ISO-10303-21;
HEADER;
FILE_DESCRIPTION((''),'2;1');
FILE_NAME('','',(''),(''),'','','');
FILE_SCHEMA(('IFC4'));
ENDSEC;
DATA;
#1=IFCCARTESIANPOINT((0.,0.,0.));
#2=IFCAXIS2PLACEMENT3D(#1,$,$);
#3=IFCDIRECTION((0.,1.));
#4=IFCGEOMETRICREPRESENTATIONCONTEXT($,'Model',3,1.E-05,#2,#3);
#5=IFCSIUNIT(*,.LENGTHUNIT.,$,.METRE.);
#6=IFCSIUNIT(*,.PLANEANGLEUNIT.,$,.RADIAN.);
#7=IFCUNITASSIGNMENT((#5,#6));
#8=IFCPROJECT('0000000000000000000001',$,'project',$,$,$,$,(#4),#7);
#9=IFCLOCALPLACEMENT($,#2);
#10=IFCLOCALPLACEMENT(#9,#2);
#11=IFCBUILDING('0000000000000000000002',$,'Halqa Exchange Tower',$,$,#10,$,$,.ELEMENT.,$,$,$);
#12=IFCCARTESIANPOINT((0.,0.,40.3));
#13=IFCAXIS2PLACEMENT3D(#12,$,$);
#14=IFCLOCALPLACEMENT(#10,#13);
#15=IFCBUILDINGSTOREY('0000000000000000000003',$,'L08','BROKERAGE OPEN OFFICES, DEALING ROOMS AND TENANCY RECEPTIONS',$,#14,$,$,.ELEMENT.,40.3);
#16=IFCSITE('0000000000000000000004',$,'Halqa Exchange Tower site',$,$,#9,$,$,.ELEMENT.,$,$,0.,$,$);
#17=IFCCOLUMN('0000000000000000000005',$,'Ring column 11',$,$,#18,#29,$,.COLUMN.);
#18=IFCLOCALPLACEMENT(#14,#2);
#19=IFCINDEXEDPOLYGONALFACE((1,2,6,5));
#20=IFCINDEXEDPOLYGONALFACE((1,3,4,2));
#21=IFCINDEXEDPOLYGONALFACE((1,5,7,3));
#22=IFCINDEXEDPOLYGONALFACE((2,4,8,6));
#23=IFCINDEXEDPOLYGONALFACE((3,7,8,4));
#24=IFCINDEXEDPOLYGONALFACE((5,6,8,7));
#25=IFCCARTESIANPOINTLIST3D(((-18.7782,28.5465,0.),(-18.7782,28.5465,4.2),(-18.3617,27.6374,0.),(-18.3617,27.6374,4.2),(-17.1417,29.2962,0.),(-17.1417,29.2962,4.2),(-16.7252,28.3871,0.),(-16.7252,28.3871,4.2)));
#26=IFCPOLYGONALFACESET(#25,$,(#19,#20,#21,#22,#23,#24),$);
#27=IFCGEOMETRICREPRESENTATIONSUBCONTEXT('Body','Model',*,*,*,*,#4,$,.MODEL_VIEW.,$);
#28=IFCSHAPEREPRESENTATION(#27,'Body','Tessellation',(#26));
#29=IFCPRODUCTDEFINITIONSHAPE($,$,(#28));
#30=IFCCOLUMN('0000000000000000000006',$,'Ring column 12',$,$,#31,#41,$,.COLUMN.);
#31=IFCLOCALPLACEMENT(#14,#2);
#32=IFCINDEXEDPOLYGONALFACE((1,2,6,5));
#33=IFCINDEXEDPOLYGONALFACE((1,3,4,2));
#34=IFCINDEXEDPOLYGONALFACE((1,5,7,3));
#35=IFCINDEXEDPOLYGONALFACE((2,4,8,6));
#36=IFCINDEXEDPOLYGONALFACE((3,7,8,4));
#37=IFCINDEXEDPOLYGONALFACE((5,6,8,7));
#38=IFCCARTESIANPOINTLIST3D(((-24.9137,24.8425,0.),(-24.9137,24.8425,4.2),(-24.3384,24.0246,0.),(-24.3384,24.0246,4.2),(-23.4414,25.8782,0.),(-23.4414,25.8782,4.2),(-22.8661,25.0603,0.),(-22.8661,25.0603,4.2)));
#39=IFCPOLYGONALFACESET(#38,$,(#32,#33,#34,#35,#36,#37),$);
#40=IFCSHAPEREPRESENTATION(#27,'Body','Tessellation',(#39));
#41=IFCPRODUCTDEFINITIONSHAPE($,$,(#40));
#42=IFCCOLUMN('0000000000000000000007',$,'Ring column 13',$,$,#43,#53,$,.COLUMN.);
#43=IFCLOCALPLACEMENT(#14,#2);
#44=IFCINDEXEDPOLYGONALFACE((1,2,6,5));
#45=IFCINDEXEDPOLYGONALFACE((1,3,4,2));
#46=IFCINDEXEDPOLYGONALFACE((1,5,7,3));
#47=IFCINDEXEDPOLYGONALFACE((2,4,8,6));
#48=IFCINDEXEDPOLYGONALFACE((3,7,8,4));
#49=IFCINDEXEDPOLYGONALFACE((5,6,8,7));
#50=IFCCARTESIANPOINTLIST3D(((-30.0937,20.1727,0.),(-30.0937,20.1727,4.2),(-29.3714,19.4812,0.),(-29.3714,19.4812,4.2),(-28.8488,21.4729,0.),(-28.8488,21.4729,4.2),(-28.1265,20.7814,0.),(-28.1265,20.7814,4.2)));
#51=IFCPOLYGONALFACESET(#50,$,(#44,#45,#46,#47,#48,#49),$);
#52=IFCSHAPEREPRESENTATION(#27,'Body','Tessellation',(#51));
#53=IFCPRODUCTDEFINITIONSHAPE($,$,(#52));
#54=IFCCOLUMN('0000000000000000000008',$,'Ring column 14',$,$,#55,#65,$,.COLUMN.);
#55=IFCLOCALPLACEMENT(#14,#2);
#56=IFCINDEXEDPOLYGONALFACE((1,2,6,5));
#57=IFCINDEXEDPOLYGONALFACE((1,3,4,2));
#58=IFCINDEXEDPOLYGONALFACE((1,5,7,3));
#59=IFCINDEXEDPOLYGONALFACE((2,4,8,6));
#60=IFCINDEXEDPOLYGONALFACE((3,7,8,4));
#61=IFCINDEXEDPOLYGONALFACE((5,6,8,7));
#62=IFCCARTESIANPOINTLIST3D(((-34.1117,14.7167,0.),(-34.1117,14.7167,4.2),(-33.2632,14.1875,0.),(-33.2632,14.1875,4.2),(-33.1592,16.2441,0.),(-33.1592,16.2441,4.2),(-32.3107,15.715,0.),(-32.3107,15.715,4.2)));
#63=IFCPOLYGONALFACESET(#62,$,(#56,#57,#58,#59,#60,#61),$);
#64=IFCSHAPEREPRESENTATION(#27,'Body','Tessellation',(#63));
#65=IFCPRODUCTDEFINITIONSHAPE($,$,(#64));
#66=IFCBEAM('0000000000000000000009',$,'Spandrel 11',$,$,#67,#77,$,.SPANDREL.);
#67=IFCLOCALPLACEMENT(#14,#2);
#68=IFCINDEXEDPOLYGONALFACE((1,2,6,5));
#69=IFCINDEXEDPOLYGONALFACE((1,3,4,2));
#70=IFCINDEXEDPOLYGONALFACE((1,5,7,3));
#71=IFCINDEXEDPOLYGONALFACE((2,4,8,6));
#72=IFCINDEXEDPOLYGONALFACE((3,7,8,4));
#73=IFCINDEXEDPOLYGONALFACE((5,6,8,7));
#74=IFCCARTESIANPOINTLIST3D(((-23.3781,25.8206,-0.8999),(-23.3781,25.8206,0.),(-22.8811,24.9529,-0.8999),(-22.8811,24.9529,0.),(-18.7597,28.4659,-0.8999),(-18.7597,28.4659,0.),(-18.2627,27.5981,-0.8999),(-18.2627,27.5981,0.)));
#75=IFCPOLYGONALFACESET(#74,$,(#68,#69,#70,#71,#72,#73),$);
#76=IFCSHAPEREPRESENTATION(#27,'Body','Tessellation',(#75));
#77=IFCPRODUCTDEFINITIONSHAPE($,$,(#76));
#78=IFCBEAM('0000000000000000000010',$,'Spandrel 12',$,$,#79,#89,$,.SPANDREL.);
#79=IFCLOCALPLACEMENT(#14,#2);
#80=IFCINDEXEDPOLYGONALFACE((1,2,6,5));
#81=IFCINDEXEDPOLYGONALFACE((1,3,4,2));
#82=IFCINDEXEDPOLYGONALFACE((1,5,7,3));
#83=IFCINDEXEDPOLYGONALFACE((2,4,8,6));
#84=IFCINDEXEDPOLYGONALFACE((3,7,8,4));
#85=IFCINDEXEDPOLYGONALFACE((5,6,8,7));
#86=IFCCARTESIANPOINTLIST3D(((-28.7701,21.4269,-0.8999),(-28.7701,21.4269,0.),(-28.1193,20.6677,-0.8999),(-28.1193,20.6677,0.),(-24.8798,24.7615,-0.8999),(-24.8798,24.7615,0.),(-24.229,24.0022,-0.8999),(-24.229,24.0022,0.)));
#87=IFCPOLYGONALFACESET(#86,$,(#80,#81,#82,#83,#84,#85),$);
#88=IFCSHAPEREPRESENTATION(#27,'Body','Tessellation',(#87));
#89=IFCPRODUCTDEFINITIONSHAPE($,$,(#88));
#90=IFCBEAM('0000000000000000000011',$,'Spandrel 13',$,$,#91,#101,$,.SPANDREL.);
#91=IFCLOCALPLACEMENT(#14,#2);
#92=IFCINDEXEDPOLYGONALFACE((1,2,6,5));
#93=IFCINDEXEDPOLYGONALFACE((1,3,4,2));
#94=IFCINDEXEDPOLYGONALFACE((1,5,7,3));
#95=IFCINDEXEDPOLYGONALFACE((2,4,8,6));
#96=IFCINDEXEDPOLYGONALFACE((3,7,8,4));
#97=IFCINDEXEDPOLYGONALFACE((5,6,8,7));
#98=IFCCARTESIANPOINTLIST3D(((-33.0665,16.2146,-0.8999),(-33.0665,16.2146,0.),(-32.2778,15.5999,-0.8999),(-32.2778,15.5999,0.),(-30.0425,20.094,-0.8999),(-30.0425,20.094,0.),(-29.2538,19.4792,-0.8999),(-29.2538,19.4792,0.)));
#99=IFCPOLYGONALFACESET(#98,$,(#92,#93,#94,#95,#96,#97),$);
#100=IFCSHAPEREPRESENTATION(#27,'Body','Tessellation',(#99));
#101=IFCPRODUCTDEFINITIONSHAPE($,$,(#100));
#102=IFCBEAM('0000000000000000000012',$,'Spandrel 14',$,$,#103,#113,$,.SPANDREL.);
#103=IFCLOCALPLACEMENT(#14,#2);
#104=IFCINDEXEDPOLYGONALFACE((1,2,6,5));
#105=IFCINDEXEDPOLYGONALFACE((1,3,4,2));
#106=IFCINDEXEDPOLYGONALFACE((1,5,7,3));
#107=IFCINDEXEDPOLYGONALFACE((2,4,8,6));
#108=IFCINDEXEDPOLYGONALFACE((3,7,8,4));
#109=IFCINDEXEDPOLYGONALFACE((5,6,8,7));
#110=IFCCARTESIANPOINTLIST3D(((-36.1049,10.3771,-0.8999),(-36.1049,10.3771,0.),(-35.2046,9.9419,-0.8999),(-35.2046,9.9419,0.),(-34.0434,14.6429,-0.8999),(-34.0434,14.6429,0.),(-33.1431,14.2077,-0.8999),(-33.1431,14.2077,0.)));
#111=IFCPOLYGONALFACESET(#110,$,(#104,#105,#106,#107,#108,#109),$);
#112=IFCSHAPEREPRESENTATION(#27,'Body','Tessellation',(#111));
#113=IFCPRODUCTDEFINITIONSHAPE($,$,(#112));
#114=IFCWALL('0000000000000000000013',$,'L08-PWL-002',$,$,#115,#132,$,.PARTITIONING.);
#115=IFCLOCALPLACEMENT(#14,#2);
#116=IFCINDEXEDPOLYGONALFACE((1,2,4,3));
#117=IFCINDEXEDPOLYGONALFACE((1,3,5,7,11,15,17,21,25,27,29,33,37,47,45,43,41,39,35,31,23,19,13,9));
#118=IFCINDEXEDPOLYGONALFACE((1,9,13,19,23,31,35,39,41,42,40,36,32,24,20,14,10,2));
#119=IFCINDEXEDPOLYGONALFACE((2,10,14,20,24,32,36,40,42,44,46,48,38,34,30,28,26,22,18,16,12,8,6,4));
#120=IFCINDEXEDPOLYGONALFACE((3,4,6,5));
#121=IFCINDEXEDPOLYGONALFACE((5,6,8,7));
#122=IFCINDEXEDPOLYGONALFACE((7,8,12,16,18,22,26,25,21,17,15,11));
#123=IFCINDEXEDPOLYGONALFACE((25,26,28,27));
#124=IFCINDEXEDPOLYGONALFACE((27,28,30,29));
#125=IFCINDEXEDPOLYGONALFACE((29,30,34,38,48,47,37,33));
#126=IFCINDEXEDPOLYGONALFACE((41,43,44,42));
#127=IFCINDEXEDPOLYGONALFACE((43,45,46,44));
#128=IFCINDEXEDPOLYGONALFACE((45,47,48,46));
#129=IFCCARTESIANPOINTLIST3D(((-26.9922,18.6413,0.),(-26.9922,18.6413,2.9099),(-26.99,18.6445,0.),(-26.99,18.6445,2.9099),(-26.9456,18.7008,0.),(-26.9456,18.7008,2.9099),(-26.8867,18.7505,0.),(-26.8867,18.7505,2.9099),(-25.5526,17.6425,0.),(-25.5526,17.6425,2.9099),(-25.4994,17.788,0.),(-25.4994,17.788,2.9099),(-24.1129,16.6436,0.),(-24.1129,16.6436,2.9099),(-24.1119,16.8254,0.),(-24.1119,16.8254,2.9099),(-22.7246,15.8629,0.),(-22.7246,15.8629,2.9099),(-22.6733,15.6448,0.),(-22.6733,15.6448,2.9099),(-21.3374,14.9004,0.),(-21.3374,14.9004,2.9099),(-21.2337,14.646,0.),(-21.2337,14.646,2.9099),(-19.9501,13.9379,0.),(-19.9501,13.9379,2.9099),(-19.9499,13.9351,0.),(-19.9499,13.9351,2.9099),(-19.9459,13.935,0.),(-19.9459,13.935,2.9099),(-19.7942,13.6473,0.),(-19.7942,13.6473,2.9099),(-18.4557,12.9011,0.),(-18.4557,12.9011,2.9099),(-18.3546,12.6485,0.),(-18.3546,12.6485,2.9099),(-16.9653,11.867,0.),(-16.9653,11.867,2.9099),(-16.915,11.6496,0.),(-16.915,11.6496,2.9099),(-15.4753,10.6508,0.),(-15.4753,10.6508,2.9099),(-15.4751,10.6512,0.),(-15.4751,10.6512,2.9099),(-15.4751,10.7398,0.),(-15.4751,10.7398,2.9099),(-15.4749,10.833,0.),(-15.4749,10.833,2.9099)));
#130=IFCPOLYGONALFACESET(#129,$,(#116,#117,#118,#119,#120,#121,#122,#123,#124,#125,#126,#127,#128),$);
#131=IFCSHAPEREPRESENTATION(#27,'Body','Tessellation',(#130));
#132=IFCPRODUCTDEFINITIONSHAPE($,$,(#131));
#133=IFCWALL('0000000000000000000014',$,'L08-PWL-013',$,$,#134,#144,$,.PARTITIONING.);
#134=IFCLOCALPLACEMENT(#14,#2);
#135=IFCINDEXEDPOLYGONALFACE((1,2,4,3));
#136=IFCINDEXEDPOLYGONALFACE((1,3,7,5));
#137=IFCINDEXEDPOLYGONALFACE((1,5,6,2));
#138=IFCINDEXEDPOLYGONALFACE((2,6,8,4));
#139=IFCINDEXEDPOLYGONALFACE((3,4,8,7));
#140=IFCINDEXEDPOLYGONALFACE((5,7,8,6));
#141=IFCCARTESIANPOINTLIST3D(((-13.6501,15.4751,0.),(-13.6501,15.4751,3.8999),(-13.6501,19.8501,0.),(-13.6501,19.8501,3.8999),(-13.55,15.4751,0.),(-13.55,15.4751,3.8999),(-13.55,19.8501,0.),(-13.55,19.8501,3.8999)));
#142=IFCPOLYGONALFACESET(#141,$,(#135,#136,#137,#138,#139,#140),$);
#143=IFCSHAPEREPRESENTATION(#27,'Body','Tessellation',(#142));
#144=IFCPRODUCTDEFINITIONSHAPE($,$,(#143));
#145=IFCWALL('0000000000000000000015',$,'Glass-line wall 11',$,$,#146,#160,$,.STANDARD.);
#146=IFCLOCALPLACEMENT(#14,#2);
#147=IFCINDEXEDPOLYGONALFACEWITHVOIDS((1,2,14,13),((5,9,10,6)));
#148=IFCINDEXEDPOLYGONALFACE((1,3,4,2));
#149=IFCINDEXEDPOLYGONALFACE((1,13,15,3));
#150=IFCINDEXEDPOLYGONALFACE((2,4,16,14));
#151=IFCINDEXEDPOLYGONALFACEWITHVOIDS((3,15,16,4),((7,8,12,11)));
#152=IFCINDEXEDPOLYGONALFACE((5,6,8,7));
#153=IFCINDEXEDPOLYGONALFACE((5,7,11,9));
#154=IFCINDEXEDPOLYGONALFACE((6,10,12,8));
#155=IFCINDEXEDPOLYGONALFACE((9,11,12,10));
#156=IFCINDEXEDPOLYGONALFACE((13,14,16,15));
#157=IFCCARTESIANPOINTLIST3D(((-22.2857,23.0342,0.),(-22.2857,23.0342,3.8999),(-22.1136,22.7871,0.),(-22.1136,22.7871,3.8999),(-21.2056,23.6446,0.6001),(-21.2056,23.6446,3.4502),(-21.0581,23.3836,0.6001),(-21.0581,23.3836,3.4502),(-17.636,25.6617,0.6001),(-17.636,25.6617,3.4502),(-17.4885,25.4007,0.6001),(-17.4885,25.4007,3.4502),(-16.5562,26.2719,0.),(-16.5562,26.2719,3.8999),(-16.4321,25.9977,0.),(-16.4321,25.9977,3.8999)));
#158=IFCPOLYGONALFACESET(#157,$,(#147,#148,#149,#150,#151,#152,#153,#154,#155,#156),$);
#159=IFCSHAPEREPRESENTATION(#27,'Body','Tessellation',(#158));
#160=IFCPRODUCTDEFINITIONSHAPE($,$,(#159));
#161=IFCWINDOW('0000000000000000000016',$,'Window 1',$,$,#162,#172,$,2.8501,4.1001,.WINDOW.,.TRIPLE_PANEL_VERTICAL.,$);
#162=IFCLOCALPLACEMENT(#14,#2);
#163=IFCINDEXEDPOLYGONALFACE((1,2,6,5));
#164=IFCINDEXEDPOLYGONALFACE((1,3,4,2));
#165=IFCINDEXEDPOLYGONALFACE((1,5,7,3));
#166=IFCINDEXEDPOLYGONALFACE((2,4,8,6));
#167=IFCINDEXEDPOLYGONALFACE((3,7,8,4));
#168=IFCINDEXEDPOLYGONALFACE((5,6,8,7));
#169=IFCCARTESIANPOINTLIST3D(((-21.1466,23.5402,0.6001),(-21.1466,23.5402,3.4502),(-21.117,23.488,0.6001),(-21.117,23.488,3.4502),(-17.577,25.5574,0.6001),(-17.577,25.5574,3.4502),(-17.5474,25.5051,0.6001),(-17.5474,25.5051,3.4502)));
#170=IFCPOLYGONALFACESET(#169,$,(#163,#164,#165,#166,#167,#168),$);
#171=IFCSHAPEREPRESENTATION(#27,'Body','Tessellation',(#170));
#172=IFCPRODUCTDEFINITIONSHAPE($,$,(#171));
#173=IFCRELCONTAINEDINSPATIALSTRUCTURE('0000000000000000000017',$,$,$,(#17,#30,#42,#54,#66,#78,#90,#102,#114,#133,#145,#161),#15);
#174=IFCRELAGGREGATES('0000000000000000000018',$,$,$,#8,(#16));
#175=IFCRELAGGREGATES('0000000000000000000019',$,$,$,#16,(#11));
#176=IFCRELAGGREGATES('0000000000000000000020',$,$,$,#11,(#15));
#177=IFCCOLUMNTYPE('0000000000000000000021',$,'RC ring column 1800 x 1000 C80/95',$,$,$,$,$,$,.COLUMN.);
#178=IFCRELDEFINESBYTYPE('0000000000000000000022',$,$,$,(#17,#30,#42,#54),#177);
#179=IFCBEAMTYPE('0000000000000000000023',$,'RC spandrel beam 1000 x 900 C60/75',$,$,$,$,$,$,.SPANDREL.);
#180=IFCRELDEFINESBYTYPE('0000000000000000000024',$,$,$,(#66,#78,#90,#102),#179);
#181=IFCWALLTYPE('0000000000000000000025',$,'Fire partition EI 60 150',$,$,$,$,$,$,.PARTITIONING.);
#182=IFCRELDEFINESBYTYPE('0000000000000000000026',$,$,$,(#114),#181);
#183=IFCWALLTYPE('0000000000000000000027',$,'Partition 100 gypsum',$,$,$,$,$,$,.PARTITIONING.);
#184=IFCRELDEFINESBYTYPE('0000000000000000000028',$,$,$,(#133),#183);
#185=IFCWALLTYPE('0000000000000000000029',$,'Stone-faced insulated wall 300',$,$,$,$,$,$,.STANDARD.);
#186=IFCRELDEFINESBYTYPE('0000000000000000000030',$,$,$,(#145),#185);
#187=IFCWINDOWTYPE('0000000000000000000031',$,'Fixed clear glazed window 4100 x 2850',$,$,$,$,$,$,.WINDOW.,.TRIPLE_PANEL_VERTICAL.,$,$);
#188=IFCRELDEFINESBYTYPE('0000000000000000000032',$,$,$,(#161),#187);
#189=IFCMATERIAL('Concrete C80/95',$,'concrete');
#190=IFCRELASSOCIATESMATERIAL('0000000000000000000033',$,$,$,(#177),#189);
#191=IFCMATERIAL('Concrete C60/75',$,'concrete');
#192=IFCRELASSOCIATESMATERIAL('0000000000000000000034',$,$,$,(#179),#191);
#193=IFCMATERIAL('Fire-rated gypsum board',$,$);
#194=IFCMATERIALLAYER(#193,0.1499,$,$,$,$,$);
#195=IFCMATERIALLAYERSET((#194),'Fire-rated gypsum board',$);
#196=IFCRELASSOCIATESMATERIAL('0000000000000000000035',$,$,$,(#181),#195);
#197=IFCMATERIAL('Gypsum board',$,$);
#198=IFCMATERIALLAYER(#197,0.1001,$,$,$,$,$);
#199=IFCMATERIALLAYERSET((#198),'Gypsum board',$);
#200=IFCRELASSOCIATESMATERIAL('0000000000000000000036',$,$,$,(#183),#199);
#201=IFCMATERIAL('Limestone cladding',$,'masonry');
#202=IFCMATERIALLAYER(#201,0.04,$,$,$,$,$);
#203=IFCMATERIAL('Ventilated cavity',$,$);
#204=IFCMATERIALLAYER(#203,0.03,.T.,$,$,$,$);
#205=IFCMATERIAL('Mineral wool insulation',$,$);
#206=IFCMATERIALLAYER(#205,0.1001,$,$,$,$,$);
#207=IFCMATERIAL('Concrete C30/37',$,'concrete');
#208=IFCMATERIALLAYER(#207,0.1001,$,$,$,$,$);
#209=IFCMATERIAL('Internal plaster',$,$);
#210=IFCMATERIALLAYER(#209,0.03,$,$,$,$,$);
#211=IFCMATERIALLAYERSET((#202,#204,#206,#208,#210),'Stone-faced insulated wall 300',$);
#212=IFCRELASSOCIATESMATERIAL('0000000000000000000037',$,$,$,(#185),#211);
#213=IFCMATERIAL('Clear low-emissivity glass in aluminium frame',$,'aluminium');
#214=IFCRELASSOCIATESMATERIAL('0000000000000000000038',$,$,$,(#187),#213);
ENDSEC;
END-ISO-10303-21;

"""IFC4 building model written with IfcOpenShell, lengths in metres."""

from ifc_helpers import new_model, si_unit, direction, frame, frame_2d, origin, origin_2d, place, context, subcontext, project, spatial, polyline, rectangle, outline, extrude, material, layer, layer_set, material_profile, profile_set, type_object, element, fill, save


model = new_model("IFC4")

# Units and contexts
model_context = context("Model", 3, precision=1e-05, world=origin(), true_north=direction((0.0, 1.0)))
body_context = subcontext(model_context, "Body", "Model", "MODEL_VIEW")
ifc_project = project(units=[si_unit("LENGTHUNIT", "METRE"), si_unit("PLANEANGLEUNIT", "RADIAN")], contexts=[model_context])

# Site, building, storey
site_placement = place(None, origin())
site = spatial("IfcSite", under=ifc_project, at=site_placement, Name="Halqa Exchange Tower site", CompositionType="ELEMENT", RefElevation=0.0)
building_placement = place(site_placement, origin())
building = spatial("IfcBuilding", under=site, at=building_placement, Name="Halqa Exchange Tower", CompositionType="ELEMENT")
storey_placement = place(building_placement, frame((0.0, 0.0, 40.3)))
storey = spatial("IfcBuildingStorey", under=building, at=storey_placement, Name="L08", Description="BROKERAGE OPEN OFFICES, DEALING ROOMS AND TENANCY RECEPTIONS", CompositionType="ELEMENT", Elevation=40.3)

# Columns
ifc_material_1 = material(Name="Concrete C80/95", Category="concrete")
ifc_material_profile_1 = material_profile(ifc_material_1, rectangle(XDim=1.8, YDim=1.0, at=origin_2d()), Name="1800 x 1000")
ifc_profile_set_1 = profile_set([ifc_material_profile_1], Name="Concrete C80/95")
column_type = type_object("IfcColumnType", Name="RC ring column 1800 x 1000 C80/95", PredefinedType="COLUMN", material=ifc_profile_set_1)
for number, where, z_axis, x_axis, name in (
    (1, (-17.7517, 28.4668, 0.0), (0.0, 0.0, 1.0), (-0.909128, -0.416517, 0.0), "Ring column 11"),
    (2, (-23.8899, 24.9514, 0.0), (0.0, 0.0, 1.0), (-0.817912, -0.575344, 0.0), "Ring column 12"),
    (3, (-29.1101, 20.4771, 0.0), (0.0, 0.0, 1.0), (-0.691575, -0.722305, 0.0), "Ring column 13"),
    (4, (-33.2112, 15.2158, 0.0), (0.0, 0.0, 1.0), (-0.529142, -0.848533, 0.0), "Ring column 14"),
):
    element("IfcColumn", number, at=place(storey_placement, frame(where, z_axis=z_axis, x_axis=x_axis)), inside=storey, type_object=column_type, Name=name, PredefinedType="COLUMN", context=body_context, shape_type="SweptSolid", body=[
        extrude(rectangle(XDim=1.8, YDim=1.0, at=origin_2d()), origin(), (0.0, 0.0, 1.0), 4.2),
    ])

# Beams
ifc_material_2 = material(Name="Concrete C60/75", Category="concrete")
ifc_material_profile_2 = material_profile(ifc_material_2, rectangle(XDim=1.0, YDim=0.8999, at=origin_2d()), Name="1000 x 900")
ifc_profile_set_2 = profile_set([ifc_material_profile_2], Name="Concrete C60/75")
beam_type = type_object("IfcBeamType", Name="RC spandrel beam 1000 x 900 C60/75", PredefinedType="SPANDREL", material=ifc_profile_set_2)
beam_1_placement = place(storey_placement, frame((-18.5112, 28.032, -0.45), z_axis=(-0.867743, -0.497013, 0.0), x_axis=(0.497013, -0.867743, 0.0)))
element("IfcBeam", 5, at=beam_1_placement, inside=storey, type_object=beam_type, Name="Spandrel 11", PredefinedType="SPANDREL", context=body_context, shape_type="SweptSolid", body=[
    extrude(rectangle(XDim=1.0, YDim=0.8999, at=origin_2d()), origin(), (0.0, 0.0, 1.0), 5.3223),
])
beam_2_placement = place(storey_placement, frame((-24.5544, 24.3818, -0.45), z_axis=(-0.75925, -0.650799, 0.0), x_axis=(0.650799, -0.75925, 0.0)))
element("IfcBeam", 6, at=beam_2_placement, inside=storey, type_object=beam_type, Name="Spandrel 12", PredefinedType="SPANDREL", context=body_context, shape_type="SweptSolid", body=[
    extrude(rectangle(XDim=1.0, YDim=0.8999, at=origin_2d()), origin(), (0.0, 0.0, 1.0), 5.1238),
])
beam_3_placement = place(storey_placement, frame((-29.6482, 19.7866, -0.45), z_axis=(-0.614779, -0.7887, 0.0), x_axis=(0.7887, -0.614779, 0.0)))
element("IfcBeam", 7, at=beam_3_placement, inside=storey, type_object=beam_type, Name="Spandrel 13", PredefinedType="SPANDREL", context=body_context, shape_type="SweptSolid", body=[
    extrude(rectangle(XDim=1.0, YDim=0.8999, at=origin_2d()), origin(), (0.0, 0.0, 1.0), 4.9187),
])
beam_4_placement = place(storey_placement, frame((-33.5933, 14.4253, -0.45), z_axis=(-0.435115, -0.900375, 0.0), x_axis=(0.900375, -0.435115, 0.0)))
element("IfcBeam", 8, at=beam_4_placement, inside=storey, type_object=beam_type, Name="Spandrel 14", PredefinedType="SPANDREL", context=body_context, shape_type="SweptSolid", body=[
    extrude(rectangle(XDim=1.0, YDim=0.8999, at=origin_2d()), origin(), (0.0, 0.0, 1.0), 4.7378),
])

# Wall
ifc_material_3 = material(Name="Fire-rated gypsum board")
ifc_layer_1 = layer(ifc_material_3, 0.1499)
ifc_layer_set_1 = layer_set([ifc_layer_1], Name="Fire-rated gypsum board")
wall_type_1 = type_object("IfcWallType", Name="Fire partition EI 60 150", PredefinedType="PARTITIONING", material=ifc_layer_set_1)
wall_1_placement = place(storey_placement, frame((-26.9495, 18.7029, 0.0), z_axis=(0.0, 0.0, 1.0), x_axis=(0.821615, -0.570043, 0.0)))
element("IfcWall", 9, at=wall_1_placement, inside=storey, type_object=wall_type_1, Name="L08-PWL-002", PredefinedType="PARTITIONING", context=body_context, shape_type="SweptSolid", body=[
    extrude(outline(polyline([(14.0173, -0.075), (14.0173, -0.0745), (13.9668, -0.0017), (13.9668, -0.0017), (13.9138, 0.075), (12.0999, 0.075), (10.2859, 0.075), (8.4722, 0.075), (8.4688, 0.0728), (8.467, 0.075), (6.7786, 0.075), (5.0901, 0.075), (3.4016, 0.075), (1.7129, 0.075), (0.0244, 0.075), (0.0044, 0.0005), (0.0, -0.071), (0.0, -0.075), (1.7522, -0.075), (3.5044, -0.075), (5.2566, -0.075), (7.0088, -0.075), (8.7607, -0.075), (10.5129, -0.075), (12.2651, -0.075), (14.0173, -0.075)])), origin(), (0.0, 0.0, 1.0), 2.9099),
])

# Shared definitions
ifc_material_4 = material(Name="Gypsum board")
ifc_layer_2 = layer(ifc_material_4, 0.1001)
ifc_layer_set_2 = layer_set([ifc_layer_2], Name="Gypsum board")
wall_type_2 = type_object("IfcWallType", Name="Partition 100 gypsum", PredefinedType="PARTITIONING", material=ifc_layer_set_2)

# Wall
wall_2_placement = place(storey_placement, frame((-13.6001, 19.8501, 0.0), z_axis=(0.0, 0.0, 1.0), x_axis=(0.0, -1.0, 0.0)))
element("IfcWall", 10, at=wall_2_placement, inside=storey, type_object=wall_type_2, Name="L08-PWL-013", PredefinedType="PARTITIONING", context=body_context, shape_type="SweptSolid", body=[
    extrude(rectangle(XDim=4.375, YDim=0.1001, at=frame_2d((2.1875, 0.0))), origin(), (0.0, 0.0, 1.0), 3.8999),
])

# Wall, opening, window
ifc_material_5 = material(Name="Limestone cladding", Category="masonry")
ifc_layer_3 = layer(ifc_material_5, 0.04)
ifc_material_6 = material(Name="Ventilated cavity")
ifc_layer_4 = layer(ifc_material_6, 0.03, ventilated=True)
ifc_material_7 = material(Name="Mineral wool insulation")
ifc_layer_5 = layer(ifc_material_7, 0.1001)
ifc_material_8 = material(Name="Concrete C30/37", Category="concrete")
ifc_layer_6 = layer(ifc_material_8, 0.1001)
ifc_material_9 = material(Name="Internal plaster")
ifc_layer_7 = layer(ifc_material_9, 0.03)
ifc_layer_set_3 = layer_set([ifc_layer_3, ifc_layer_4, ifc_layer_5, ifc_layer_6, ifc_layer_7], Name="Stone-faced insulated wall 300")
wall_type_3 = type_object("IfcWallType", Name="Stone-faced insulated wall 300", PredefinedType="STANDARD", material=ifc_layer_set_3)
wall_3_placement = place(storey_placement, frame((-16.4941, 26.1348, 0.0), z_axis=(0.0, 0.0, 1.0), x_axis=(-0.870613, -0.491969, 0.0)))
wall_3 = element("IfcWall", 11, at=wall_3_placement, inside=storey, type_object=wall_type_3, Name="Glass-line wall 11", PredefinedType="STANDARD", context=body_context, shape_type="SweptSolid", body=[
    extrude(outline(polyline([(-0.0134, -0.1499), (6.5676, -0.1499), (6.5393, 0.1499), (0.0134, 0.1499), (-0.0134, -0.1499)])), origin(), (0.0, 0.0, 1.0), 3.8999),
])
opening_1_placement = place(wall_3_placement, frame((1.2268, 0.0, 0.6001)))
opening_1 = element("IfcOpeningElement", 12, at=opening_1_placement, cuts=wall_3, PredefinedType="OPENING", context=body_context, shape_type="SweptSolid", body=[
    extrude(rectangle(XDim=4.1001, YDim=2.8501, at=frame_2d((2.05, 1.425))), frame((0.0, 0.1621, 0.0), z_axis=(0.0, -1.0, 0.0), x_axis=(1.0, 0.0, 0.0)), (0.0, 0.0, 1.0), 0.324),
])
ifc_material_10 = material(Name="Clear low-emissivity glass in aluminium frame", Category="aluminium")
window_type = type_object("IfcWindowType", Name="Fixed clear glazed window 4100 x 2850", PartitioningType="TRIPLE_PANEL_VERTICAL", PredefinedType="WINDOW", material=ifc_material_10)
window_1_placement = place(opening_1_placement, origin())
window_1 = element("IfcWindow", 13, at=window_1_placement, inside=storey, type_object=window_type, Name="Window 1", OverallHeight=2.8501, OverallWidth=4.1001, PartitioningType="TRIPLE_PANEL_VERTICAL", PredefinedType="WINDOW", context=body_context, shape_type="SweptSolid", body=[
    extrude(rectangle(XDim=4.1001, YDim=2.8501, at=frame_2d((2.05, 1.425))), frame((0.0, 0.03, 0.0), z_axis=(0.0, -1.0, 0.0), x_axis=(1.0, 0.0, 0.0)), (0.0, 0.0, 1.0), 0.0601),
])
fill(opening_1, window_1)

save(model, "model.ifc")
